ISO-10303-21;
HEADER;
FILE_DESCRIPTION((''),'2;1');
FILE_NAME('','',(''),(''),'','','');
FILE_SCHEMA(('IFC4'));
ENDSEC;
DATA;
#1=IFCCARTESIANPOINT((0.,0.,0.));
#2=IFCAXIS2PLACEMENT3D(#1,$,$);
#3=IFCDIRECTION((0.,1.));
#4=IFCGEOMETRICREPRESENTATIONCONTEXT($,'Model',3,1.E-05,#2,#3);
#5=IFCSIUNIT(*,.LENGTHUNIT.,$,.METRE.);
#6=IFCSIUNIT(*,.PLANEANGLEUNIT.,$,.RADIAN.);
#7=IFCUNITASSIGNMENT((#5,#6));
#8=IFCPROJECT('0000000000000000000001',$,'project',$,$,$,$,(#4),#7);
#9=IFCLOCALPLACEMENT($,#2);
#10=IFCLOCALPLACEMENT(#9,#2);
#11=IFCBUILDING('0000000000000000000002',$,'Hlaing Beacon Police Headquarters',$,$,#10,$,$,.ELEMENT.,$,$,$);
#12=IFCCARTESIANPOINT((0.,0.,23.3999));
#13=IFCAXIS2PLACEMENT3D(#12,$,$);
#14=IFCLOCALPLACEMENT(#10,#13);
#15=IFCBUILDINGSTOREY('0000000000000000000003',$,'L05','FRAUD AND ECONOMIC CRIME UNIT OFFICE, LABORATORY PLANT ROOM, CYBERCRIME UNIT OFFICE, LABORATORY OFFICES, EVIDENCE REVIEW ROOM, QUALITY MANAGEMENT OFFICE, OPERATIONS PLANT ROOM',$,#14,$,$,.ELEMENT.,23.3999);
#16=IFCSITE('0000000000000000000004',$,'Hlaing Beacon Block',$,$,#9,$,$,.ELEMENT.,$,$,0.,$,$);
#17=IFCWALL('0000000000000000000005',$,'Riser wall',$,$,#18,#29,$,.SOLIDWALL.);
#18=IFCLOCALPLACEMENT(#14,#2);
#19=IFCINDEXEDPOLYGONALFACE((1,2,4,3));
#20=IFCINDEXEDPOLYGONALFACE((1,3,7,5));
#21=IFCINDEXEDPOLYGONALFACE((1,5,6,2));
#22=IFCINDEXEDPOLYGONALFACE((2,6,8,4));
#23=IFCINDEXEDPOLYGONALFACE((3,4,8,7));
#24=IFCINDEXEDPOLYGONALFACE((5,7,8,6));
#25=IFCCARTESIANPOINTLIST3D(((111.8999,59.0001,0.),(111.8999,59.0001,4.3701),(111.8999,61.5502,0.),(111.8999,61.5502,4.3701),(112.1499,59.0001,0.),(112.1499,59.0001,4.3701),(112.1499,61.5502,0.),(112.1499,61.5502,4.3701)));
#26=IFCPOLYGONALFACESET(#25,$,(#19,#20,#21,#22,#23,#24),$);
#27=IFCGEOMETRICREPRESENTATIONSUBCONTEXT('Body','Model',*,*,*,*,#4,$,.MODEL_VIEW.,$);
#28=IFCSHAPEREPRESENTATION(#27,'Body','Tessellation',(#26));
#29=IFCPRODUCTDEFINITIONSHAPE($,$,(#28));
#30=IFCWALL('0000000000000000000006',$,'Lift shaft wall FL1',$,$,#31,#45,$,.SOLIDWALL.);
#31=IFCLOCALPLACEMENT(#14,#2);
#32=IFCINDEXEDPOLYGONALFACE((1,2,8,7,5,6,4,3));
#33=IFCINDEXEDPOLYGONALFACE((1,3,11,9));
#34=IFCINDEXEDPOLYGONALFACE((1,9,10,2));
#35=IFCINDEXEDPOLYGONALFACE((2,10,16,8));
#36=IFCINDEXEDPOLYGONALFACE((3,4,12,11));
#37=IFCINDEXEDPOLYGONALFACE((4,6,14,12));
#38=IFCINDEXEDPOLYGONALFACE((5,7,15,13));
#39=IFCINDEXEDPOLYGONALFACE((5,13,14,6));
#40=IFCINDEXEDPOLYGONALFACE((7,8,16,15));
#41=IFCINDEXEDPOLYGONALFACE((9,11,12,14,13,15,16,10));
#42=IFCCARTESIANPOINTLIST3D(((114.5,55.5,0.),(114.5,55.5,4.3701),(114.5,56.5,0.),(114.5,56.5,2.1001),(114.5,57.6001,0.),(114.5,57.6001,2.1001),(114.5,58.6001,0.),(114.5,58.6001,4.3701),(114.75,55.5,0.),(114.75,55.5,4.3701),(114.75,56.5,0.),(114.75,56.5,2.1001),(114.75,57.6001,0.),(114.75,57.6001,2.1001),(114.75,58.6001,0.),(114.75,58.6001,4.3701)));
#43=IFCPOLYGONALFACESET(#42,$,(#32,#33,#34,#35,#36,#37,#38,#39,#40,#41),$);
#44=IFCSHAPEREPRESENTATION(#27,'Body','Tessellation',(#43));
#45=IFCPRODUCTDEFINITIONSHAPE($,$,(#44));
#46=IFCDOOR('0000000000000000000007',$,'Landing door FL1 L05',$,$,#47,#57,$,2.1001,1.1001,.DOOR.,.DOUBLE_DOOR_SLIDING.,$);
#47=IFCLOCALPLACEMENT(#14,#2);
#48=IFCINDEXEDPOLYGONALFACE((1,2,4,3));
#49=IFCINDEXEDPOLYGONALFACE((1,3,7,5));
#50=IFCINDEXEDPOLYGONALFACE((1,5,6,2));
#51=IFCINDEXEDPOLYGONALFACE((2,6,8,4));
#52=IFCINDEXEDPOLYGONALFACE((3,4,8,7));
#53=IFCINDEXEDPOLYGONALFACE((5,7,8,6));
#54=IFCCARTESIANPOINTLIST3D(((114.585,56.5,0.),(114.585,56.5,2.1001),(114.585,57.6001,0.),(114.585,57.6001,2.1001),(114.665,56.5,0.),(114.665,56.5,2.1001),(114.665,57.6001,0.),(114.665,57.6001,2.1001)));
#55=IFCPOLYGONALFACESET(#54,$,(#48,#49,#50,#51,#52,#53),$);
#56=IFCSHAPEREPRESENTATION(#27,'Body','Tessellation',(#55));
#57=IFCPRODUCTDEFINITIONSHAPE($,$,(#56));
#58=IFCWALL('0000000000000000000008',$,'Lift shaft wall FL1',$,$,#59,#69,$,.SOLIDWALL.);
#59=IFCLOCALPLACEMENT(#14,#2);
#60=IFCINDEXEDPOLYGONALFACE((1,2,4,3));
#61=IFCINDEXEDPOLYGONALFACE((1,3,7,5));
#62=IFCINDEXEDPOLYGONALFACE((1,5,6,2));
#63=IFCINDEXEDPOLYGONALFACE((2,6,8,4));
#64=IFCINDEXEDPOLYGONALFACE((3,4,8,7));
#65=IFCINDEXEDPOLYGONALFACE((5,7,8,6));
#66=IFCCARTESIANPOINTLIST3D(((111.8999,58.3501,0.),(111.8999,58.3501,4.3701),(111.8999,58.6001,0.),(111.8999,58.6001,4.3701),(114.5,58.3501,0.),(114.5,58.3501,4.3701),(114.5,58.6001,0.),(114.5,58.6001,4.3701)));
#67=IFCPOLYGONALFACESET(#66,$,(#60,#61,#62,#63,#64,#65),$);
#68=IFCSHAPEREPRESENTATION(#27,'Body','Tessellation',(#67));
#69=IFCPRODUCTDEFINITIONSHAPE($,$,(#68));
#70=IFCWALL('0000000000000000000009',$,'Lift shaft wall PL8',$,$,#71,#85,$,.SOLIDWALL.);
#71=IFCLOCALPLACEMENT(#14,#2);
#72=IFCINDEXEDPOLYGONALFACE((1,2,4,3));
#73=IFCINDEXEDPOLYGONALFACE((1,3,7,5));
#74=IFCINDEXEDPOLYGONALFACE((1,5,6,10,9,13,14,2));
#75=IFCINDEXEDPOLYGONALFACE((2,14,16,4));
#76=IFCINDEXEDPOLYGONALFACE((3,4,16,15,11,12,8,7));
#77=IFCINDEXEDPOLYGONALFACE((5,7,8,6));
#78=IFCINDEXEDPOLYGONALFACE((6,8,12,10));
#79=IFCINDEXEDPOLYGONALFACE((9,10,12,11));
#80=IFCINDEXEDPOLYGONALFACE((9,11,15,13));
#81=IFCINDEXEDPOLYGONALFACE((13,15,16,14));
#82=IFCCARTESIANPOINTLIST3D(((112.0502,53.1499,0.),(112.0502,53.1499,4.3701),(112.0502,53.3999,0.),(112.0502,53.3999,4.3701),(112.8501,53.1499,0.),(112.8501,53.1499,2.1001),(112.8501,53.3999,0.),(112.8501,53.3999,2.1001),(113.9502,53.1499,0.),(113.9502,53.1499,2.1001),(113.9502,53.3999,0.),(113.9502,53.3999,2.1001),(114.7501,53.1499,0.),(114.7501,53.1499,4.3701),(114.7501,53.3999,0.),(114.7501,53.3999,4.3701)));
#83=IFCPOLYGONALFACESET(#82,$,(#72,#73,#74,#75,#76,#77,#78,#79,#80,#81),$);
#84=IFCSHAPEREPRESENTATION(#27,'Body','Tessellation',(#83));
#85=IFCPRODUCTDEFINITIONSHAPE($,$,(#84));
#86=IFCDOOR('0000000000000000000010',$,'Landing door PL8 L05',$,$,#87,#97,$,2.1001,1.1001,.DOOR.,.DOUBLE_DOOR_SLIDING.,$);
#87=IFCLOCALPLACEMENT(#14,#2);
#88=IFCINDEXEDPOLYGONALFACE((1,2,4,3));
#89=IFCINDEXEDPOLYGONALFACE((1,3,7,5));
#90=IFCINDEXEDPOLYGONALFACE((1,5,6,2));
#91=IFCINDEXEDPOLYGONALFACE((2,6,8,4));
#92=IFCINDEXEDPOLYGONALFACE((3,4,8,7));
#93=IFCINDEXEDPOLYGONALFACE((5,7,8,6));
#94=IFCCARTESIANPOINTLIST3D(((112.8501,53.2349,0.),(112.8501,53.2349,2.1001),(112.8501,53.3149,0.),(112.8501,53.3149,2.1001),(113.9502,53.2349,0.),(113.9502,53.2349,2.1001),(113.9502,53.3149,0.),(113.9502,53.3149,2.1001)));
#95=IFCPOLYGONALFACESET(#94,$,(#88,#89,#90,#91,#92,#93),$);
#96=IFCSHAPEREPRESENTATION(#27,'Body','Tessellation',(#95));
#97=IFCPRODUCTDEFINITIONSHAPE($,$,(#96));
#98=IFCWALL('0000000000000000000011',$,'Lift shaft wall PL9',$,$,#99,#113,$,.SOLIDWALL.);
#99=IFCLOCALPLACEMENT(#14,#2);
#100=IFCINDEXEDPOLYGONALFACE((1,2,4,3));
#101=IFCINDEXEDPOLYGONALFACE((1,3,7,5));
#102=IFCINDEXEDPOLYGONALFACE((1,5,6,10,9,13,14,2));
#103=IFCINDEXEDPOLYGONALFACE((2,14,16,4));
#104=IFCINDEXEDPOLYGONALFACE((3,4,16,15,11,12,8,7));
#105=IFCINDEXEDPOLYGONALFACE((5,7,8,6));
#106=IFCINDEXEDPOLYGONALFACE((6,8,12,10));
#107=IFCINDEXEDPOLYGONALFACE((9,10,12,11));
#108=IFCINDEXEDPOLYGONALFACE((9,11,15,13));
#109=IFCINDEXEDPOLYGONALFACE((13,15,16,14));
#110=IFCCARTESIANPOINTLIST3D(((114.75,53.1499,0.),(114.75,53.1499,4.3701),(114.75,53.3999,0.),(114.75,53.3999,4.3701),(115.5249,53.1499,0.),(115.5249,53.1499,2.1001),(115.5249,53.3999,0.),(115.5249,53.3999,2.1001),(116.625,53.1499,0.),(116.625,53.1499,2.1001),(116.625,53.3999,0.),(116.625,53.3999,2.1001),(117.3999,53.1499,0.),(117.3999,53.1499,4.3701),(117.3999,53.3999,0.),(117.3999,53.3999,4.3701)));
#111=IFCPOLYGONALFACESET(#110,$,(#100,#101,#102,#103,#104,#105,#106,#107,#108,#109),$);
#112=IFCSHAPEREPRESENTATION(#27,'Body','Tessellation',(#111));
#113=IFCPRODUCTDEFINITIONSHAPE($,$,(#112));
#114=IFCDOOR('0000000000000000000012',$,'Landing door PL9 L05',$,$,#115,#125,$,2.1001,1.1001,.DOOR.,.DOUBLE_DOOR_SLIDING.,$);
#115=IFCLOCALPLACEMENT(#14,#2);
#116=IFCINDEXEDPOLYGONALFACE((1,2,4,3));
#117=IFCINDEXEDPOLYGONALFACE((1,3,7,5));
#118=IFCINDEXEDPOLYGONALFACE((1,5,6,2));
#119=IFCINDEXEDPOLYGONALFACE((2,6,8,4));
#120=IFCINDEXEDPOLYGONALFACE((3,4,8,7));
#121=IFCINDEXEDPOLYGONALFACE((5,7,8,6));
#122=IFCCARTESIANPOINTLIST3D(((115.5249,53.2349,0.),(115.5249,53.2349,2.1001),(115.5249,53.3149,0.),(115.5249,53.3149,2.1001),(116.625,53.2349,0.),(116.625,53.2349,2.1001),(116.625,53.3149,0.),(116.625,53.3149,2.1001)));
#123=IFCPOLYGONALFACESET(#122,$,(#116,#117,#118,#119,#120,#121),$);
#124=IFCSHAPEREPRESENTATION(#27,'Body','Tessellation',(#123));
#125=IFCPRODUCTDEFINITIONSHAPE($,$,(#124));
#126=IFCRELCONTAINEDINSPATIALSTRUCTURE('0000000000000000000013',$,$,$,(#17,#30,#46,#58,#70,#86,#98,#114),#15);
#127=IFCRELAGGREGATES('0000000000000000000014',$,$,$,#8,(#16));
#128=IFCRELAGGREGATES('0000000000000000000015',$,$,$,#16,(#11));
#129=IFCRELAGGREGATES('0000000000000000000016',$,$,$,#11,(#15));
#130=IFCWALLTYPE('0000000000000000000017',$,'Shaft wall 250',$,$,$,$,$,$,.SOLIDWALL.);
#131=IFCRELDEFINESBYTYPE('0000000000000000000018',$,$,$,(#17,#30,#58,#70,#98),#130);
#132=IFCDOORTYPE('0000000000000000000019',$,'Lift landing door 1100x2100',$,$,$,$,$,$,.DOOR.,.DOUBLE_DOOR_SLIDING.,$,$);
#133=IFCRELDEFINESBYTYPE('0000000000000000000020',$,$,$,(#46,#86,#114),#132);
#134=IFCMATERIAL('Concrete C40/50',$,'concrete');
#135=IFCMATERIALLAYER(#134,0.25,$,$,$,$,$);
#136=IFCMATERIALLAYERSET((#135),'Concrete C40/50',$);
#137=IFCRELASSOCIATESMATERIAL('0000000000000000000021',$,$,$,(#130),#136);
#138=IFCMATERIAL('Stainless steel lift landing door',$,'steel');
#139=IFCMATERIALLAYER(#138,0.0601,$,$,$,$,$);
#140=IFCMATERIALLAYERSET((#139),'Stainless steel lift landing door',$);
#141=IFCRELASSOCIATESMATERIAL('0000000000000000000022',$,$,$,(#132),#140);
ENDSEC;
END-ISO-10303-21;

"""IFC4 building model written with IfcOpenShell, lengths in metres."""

from ifc_helpers import new_model, si_unit, direction, frame, frame_2d, origin, place, context, subcontext, project, spatial, rectangle, extrude, material, layer, layer_set, type_object, element, fill, save


model = new_model("IFC4")

# Units and contexts
model_context = context("Model", 3, precision=1e-05, world=origin(), true_north=direction((0.0, 1.0)))
body_context = subcontext(model_context, "Body", "Model", "MODEL_VIEW")
ifc_project = project(units=[si_unit("LENGTHUNIT", "METRE"), si_unit("PLANEANGLEUNIT", "RADIAN")], contexts=[model_context])

# Site, building, storey
site_placement = place(None, origin())
site = spatial("IfcSite", under=ifc_project, at=site_placement, Name="Hlaing Beacon Block", CompositionType="ELEMENT", RefElevation=0.0)
building_placement = place(site_placement, origin())
building = spatial("IfcBuilding", under=site, at=building_placement, Name="Hlaing Beacon Police Headquarters", CompositionType="ELEMENT")
storey_placement = place(building_placement, frame((0.0, 0.0, 23.3999)))
storey = spatial("IfcBuildingStorey", under=building, at=storey_placement, Name="L05", Description="FRAUD AND ECONOMIC CRIME UNIT OFFICE, LABORATORY PLANT ROOM, CYBERCRIME UNIT OFFICE, LABORATORY OFFICES, EVIDENCE REVIEW ROOM, QUALITY MANAGEMENT OFFICE, OPERATIONS PLANT ROOM", CompositionType="ELEMENT", Elevation=23.3999)

# Shared definitions
ifc_material_1 = material(Name="Concrete C40/50", Category="concrete")
ifc_layer_1 = layer(ifc_material_1, 0.25)
ifc_layer_set_1 = layer_set([ifc_layer_1], Name="Concrete C40/50")
wall_type_1 = type_object("IfcWallType", Name="Shaft wall 250", PredefinedType="SOLIDWALL", material=ifc_layer_set_1)

# Wall
wall_1_placement = place(storey_placement, frame((112.0249, 61.55, 0.0), z_axis=(0.0, 0.0, 1.0), x_axis=(0.0, -1.0, 0.0)))
element("IfcWall", 1, at=wall_1_placement, inside=storey, type_object=wall_type_1, Name="Riser wall", PredefinedType="SOLIDWALL", context=body_context, shape_type="SweptSolid", body=[
    extrude(rectangle(XDim=2.55, YDim=0.25, at=frame_2d((1.2749, 0.0))), origin(), (0.0, 0.0, 1.0), 4.3701),
])

# Wall, opening, door
wall_2_placement = place(storey_placement, frame((114.625, 55.5, 0.0), z_axis=(0.0, 0.0, 1.0), x_axis=(0.0, 1.0, 0.0)))
wall_2 = element("IfcWall", 2, at=wall_2_placement, inside=storey, type_object=wall_type_1, Name="Lift shaft wall FL1", PredefinedType="SOLIDWALL", context=body_context, shape_type="SweptSolid", body=[
    extrude(rectangle(XDim=3.1001, YDim=0.25, at=frame_2d((1.55, 0.0))), origin(), (0.0, 0.0, 1.0), 4.3701),
])
opening_1_placement = place(wall_2_placement, frame((1.0, 0.0, 0.0)))
opening_1 = element("IfcOpeningElement", 3, at=opening_1_placement, cuts=wall_2, PredefinedType="OPENING", context=body_context, shape_type="SweptSolid", body=[
    extrude(rectangle(XDim=1.1001, YDim=2.1001, at=frame_2d((0.55, 1.05))), frame((0.0, 0.135, 0.0), z_axis=(0.0, -1.0, 0.0), x_axis=(1.0, 0.0, 0.0)), (0.0, 0.0, 1.0), 0.27),
])
ifc_material_2 = material(Name="Stainless steel lift landing door", Category="steel")
ifc_layer_2 = layer(ifc_material_2, 0.0601)
ifc_layer_set_2 = layer_set([ifc_layer_2], Name="Stainless steel lift landing door")
door_type_1 = type_object("IfcDoorType", Name="Lift landing door 1100x2100", OperationType="DOUBLE_DOOR_SLIDING", PredefinedType="DOOR", material=ifc_layer_set_2)
door_1_placement = place(opening_1_placement, origin())
door_1 = element("IfcDoor", 4, at=door_1_placement, inside=storey, type_object=door_type_1, Name="Landing door FL1 L05", OperationType="DOUBLE_DOOR_SLIDING", OverallHeight=2.1001, OverallWidth=1.1001, PredefinedType="DOOR", context=body_context, shape_type="SweptSolid", body=[
    extrude(rectangle(XDim=1.1001, YDim=2.1001, at=frame_2d((0.55, 1.05))), frame((0.0, 0.04, 0.0), z_axis=(0.0, -1.0, 0.0), x_axis=(1.0, 0.0, 0.0)), (0.0, 0.0, 1.0), 0.0801),
])
fill(opening_1, door_1)

# Wall
wall_3_placement = place(storey_placement, frame((111.8999, 58.4751, 0.0), z_axis=(0.0, 0.0, 1.0), x_axis=(1.0, 0.0, 0.0)))
element("IfcWall", 5, at=wall_3_placement, inside=storey, type_object=wall_type_1, Name="Lift shaft wall FL1", PredefinedType="SOLIDWALL", context=body_context, shape_type="SweptSolid", body=[
    extrude(rectangle(XDim=2.6001, YDim=0.25, at=frame_2d((1.3, 0.0))), origin(), (0.0, 0.0, 1.0), 4.3701),
])

# Walls, openings, doors
wall_4_placement = place(storey_placement, frame((112.05, 53.2749, 0.0), z_axis=(0.0, 0.0, 1.0), x_axis=(1.0, 0.0, 0.0)))
wall_4 = element("IfcWall", 6, at=wall_4_placement, inside=storey, type_object=wall_type_1, Name="Lift shaft wall PL8", PredefinedType="SOLIDWALL", context=body_context, shape_type="SweptSolid", body=[
    extrude(rectangle(XDim=2.7, YDim=0.25, at=frame_2d((1.3501, 0.0))), origin(), (0.0, 0.0, 1.0), 4.3701),
])
opening_2_placement = place(wall_4_placement, frame((0.8, 0.0, 0.0)))
opening_2 = element("IfcOpeningElement", 7, at=opening_2_placement, cuts=wall_4, PredefinedType="OPENING", context=body_context, shape_type="SweptSolid", body=[
    extrude(rectangle(XDim=1.1001, YDim=2.1001, at=frame_2d((0.55, 1.05))), frame((0.0, 0.135, 0.0), z_axis=(0.0, -1.0, 0.0), x_axis=(1.0, 0.0, 0.0)), (0.0, 0.0, 1.0), 0.27),
])
door_2_placement = place(opening_2_placement, origin())
door_2 = element("IfcDoor", 8, at=door_2_placement, inside=storey, type_object=door_type_1, Name="Landing door PL8 L05", OperationType="DOUBLE_DOOR_SLIDING", OverallHeight=2.1001, OverallWidth=1.1001, PredefinedType="DOOR", context=body_context, shape_type="SweptSolid", body=[
    extrude(rectangle(XDim=1.1001, YDim=2.1001, at=frame_2d((0.55, 1.05))), frame((0.0, 0.04, 0.0), z_axis=(0.0, -1.0, 0.0), x_axis=(1.0, 0.0, 0.0)), (0.0, 0.0, 1.0), 0.0801),
])
fill(opening_2, door_2)
wall_5_placement = place(storey_placement, frame((114.75, 53.2749, 0.0), z_axis=(0.0, 0.0, 1.0), x_axis=(1.0, 0.0, 0.0)))
wall_5 = element("IfcWall", 9, at=wall_5_placement, inside=storey, type_object=wall_type_1, Name="Lift shaft wall PL9", PredefinedType="SOLIDWALL", context=body_context, shape_type="SweptSolid", body=[
    extrude(rectangle(XDim=2.6499, YDim=0.25, at=frame_2d((1.325, 0.0))), origin(), (0.0, 0.0, 1.0), 4.3701),
])
opening_3_placement = place(wall_5_placement, frame((0.7749, 0.0, 0.0)))
opening_3 = element("IfcOpeningElement", 10, at=opening_3_placement, cuts=wall_5, PredefinedType="OPENING", context=body_context, shape_type="SweptSolid", body=[
    extrude(rectangle(XDim=1.1001, YDim=2.1001, at=frame_2d((0.55, 1.05))), frame((0.0, 0.135, 0.0), z_axis=(0.0, -1.0, 0.0), x_axis=(1.0, 0.0, 0.0)), (0.0, 0.0, 1.0), 0.27),
])
door_3_placement = place(opening_3_placement, origin())
door_3 = element("IfcDoor", 11, at=door_3_placement, inside=storey, type_object=door_type_1, Name="Landing door PL9 L05", OperationType="DOUBLE_DOOR_SLIDING", OverallHeight=2.1001, OverallWidth=1.1001, PredefinedType="DOOR", context=body_context, shape_type="SweptSolid", body=[
    extrude(rectangle(XDim=1.1001, YDim=2.1001, at=frame_2d((0.55, 1.05))), frame((0.0, 0.04, 0.0), z_axis=(0.0, -1.0, 0.0), x_axis=(1.0, 0.0, 0.0)), (0.0, 0.0, 1.0), 0.0801),
])
fill(opening_3, door_3)

save(model, "model.ifc")
